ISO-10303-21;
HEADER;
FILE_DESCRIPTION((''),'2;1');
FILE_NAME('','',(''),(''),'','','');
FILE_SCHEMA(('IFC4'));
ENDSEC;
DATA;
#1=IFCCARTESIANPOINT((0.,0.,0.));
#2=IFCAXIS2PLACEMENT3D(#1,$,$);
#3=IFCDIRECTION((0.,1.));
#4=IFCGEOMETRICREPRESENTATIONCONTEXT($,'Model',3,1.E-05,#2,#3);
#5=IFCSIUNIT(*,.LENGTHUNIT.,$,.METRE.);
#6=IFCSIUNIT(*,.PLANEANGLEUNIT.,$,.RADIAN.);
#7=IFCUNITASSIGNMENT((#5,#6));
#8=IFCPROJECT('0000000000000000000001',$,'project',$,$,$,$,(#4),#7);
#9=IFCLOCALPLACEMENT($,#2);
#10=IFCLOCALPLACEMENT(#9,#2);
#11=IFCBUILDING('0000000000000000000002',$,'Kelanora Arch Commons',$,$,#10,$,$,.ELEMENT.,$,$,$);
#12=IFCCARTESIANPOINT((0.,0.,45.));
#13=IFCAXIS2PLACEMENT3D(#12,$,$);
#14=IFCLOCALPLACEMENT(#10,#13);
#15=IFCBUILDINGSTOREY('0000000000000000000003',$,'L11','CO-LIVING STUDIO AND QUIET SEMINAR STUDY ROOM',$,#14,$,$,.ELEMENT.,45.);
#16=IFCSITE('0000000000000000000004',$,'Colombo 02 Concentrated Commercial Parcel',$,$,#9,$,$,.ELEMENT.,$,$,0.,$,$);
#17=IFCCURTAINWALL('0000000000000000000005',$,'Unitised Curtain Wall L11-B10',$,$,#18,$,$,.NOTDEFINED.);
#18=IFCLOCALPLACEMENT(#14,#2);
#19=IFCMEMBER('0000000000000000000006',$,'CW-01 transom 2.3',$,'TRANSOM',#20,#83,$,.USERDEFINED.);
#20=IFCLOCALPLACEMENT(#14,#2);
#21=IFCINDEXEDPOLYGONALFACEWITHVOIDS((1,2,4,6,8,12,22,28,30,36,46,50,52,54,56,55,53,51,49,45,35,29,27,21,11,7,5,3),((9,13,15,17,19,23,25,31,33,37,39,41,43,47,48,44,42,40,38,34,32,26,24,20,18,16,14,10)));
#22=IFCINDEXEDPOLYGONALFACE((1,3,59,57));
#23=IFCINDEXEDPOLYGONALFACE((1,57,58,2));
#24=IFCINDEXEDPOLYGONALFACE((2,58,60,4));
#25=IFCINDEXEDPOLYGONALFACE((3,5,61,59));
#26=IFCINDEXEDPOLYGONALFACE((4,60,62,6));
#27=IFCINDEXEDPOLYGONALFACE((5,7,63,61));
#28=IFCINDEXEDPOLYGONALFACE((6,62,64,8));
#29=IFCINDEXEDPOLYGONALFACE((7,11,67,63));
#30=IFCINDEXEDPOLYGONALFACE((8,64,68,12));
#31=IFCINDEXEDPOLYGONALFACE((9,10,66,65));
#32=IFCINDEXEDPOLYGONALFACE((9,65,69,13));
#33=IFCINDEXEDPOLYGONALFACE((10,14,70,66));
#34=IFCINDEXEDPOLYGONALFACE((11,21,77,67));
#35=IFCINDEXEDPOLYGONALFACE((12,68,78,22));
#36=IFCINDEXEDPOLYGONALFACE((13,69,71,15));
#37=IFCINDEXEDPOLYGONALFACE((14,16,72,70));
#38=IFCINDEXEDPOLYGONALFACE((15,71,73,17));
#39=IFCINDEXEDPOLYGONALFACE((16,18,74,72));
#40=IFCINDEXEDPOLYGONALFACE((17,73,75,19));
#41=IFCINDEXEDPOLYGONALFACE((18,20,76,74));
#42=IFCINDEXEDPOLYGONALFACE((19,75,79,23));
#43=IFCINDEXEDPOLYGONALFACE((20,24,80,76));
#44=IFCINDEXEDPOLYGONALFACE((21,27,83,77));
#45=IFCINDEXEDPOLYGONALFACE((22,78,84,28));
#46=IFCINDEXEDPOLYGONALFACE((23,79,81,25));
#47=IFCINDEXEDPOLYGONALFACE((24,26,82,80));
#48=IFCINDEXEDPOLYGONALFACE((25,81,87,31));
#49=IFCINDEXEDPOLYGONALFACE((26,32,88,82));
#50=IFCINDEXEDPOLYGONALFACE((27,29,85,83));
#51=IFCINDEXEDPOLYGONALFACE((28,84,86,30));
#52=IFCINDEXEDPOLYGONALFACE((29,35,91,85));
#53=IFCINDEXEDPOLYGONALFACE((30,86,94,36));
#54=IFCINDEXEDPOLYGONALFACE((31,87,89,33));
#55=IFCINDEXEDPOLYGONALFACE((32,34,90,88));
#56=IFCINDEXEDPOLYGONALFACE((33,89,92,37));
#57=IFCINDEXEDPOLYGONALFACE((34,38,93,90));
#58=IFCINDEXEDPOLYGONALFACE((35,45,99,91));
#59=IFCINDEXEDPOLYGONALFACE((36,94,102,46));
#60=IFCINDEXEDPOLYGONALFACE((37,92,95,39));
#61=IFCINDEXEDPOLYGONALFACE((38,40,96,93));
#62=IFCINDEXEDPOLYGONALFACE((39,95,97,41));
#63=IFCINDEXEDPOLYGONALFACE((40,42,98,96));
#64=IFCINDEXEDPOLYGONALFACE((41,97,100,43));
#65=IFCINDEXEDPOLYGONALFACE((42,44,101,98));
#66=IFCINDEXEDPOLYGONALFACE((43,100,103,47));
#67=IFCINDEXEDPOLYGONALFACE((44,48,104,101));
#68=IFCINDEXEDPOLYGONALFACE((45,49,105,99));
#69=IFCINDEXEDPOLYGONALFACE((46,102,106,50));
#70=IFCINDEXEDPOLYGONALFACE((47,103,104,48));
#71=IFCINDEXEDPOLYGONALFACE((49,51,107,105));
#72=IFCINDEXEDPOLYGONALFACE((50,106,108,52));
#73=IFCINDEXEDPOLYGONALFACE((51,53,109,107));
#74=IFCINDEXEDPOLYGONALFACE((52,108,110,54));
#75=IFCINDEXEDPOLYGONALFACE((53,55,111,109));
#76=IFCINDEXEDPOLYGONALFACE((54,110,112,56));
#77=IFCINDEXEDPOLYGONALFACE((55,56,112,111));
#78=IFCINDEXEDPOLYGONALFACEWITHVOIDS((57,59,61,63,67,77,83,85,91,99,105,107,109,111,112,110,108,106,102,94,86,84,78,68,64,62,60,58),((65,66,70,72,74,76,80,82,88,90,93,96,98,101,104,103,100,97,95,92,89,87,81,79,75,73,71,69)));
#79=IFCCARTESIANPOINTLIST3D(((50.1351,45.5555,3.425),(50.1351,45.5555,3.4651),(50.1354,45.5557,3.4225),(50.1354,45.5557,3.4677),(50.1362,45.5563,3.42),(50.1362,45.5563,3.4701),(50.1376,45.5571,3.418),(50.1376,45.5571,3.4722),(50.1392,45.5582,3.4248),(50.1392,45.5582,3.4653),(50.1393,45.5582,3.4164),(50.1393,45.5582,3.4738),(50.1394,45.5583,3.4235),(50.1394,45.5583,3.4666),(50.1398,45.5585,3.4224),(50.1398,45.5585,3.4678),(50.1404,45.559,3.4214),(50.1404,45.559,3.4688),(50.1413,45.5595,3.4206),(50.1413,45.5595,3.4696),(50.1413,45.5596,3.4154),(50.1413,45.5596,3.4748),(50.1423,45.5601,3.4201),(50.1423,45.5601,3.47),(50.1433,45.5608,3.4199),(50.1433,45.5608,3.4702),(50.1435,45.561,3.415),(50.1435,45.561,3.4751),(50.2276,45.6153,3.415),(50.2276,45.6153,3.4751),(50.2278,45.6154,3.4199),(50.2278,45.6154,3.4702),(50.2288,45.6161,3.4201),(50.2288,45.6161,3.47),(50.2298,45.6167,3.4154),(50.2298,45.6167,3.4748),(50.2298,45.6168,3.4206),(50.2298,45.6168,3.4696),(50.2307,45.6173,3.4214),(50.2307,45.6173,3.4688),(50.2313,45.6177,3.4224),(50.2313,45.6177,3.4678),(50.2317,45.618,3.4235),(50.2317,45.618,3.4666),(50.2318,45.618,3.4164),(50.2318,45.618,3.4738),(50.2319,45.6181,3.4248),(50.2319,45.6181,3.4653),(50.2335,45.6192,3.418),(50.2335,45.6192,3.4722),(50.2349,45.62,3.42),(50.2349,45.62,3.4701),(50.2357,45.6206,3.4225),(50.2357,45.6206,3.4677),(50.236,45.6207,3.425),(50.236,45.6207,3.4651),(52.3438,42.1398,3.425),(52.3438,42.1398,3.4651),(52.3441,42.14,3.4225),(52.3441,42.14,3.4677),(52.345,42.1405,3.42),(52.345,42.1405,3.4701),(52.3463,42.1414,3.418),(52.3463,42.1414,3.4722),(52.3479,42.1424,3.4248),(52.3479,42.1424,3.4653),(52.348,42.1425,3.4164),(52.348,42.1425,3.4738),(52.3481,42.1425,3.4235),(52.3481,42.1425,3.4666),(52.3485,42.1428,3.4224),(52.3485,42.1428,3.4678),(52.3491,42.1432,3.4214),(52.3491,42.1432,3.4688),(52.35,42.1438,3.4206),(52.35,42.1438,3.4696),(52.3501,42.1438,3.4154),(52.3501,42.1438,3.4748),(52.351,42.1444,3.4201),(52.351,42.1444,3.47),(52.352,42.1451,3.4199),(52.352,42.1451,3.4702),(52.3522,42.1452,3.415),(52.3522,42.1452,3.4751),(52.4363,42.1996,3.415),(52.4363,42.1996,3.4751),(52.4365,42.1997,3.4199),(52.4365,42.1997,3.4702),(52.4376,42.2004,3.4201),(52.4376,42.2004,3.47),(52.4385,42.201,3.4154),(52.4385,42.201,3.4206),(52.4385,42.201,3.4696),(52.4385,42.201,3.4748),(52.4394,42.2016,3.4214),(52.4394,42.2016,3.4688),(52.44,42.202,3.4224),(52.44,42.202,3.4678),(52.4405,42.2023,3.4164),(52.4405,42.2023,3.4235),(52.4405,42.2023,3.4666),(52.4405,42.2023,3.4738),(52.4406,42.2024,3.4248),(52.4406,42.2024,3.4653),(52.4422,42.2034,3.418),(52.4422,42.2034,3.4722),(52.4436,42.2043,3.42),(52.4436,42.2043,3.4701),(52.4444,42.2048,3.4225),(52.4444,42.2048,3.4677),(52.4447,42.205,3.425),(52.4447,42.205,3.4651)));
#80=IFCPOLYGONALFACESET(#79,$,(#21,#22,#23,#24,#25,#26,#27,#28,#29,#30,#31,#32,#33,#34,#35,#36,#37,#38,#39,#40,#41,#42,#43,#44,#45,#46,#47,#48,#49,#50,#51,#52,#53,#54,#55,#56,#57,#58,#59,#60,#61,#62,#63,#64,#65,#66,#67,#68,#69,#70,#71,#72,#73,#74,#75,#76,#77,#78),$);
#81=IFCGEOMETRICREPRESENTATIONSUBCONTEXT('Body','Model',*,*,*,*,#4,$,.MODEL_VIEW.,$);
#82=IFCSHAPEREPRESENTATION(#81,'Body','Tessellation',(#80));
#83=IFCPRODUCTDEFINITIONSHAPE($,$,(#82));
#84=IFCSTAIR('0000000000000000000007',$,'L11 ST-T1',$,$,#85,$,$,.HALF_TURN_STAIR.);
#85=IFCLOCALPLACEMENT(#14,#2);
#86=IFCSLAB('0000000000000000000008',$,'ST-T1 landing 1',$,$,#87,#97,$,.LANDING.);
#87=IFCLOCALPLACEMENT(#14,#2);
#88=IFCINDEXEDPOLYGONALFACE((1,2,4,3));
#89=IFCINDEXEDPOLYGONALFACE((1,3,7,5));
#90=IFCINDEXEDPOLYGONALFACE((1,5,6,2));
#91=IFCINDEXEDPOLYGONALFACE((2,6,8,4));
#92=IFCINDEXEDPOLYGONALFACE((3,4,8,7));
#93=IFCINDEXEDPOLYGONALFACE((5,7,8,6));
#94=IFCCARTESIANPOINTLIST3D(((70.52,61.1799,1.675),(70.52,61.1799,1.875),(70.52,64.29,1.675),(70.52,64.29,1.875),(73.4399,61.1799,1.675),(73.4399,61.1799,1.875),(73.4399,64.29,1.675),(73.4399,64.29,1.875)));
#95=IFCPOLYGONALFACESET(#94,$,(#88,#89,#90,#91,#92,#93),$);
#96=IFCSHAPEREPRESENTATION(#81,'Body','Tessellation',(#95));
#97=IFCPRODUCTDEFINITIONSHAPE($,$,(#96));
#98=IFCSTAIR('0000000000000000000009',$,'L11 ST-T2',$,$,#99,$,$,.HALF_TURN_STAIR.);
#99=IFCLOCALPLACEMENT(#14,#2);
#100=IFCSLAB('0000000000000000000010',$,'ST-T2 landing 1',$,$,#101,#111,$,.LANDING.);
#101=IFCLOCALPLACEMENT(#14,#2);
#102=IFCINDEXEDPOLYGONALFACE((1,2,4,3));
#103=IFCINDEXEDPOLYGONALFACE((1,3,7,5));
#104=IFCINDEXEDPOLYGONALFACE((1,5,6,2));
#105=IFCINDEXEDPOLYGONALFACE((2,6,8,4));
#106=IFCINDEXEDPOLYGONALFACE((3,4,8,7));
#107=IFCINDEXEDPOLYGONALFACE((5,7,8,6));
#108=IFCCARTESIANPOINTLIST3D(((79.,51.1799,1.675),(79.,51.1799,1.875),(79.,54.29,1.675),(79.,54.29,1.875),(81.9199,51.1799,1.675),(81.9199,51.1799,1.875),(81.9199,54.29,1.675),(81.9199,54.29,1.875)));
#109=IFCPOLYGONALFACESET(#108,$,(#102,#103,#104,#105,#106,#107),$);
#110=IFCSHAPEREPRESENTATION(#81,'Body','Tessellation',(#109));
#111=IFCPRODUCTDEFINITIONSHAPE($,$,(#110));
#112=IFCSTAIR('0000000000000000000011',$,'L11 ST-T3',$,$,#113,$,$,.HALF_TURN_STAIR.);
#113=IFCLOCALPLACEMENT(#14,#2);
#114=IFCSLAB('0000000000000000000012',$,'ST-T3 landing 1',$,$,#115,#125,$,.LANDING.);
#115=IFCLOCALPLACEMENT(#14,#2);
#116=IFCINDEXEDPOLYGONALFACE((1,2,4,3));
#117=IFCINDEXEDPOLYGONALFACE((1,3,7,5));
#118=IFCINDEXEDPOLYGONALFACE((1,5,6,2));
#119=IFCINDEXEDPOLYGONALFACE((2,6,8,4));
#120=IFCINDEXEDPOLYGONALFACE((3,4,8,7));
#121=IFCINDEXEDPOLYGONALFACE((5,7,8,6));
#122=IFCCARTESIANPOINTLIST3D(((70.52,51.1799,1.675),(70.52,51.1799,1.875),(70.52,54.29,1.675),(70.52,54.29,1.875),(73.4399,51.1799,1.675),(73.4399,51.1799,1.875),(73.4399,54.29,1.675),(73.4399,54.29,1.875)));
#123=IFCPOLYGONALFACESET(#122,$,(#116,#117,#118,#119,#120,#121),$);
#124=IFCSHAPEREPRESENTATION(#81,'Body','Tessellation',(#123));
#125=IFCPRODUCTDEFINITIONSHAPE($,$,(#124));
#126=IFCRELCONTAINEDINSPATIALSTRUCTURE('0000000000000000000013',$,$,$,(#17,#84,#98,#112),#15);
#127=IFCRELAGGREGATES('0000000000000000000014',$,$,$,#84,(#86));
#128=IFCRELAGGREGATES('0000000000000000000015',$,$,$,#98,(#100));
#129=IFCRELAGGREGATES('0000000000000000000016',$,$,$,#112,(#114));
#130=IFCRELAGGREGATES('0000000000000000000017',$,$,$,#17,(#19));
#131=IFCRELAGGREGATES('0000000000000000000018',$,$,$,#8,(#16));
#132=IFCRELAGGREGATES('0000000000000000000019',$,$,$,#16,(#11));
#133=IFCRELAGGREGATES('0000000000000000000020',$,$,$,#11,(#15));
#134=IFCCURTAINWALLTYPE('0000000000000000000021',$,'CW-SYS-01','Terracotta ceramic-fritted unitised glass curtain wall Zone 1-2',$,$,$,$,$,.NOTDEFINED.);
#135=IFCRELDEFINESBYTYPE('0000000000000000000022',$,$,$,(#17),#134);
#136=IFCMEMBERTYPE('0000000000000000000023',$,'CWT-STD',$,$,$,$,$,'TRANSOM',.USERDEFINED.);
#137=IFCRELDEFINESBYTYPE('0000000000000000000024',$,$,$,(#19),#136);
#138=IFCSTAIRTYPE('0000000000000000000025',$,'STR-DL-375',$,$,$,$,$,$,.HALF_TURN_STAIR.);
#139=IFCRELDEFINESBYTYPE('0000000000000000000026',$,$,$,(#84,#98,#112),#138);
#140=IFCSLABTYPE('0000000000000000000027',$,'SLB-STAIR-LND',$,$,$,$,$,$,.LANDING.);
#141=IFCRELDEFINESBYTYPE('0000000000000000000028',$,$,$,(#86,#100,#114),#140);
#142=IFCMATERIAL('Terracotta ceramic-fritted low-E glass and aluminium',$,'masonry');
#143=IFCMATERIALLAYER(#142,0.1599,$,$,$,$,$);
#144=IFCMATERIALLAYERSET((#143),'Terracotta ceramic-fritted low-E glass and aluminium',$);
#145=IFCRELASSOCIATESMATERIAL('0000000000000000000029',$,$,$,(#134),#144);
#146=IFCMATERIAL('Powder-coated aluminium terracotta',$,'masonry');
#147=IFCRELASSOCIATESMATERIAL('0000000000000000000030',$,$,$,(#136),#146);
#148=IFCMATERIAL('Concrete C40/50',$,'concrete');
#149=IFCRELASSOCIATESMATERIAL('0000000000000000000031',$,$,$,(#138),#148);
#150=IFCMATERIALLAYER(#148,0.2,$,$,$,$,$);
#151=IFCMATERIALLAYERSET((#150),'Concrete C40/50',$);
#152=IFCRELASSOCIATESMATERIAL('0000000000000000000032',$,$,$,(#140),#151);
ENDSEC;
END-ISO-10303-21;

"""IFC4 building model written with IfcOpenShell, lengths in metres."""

from ifc_helpers import new_model, si_unit, direction, frame, origin, origin_2d, place, context, subcontext, project, spatial, polyline, hollow_rectangle, outline, extrude, material, layer, layer_set, material_profile, profile_set, type_object, element, aggregate, save


model = new_model("IFC4")

# Units and contexts
model_context = context("Model", 3, precision=1e-05, world=origin(), true_north=direction((0.0, 1.0)))
body_context = subcontext(model_context, "Body", "Model", "MODEL_VIEW")
ifc_project = project(units=[si_unit("LENGTHUNIT", "METRE"), si_unit("PLANEANGLEUNIT", "RADIAN")], contexts=[model_context])

# Site, building, storey
site_placement = place(None, origin())
site = spatial("IfcSite", under=ifc_project, at=site_placement, Name="Colombo 02 Concentrated Commercial Parcel", CompositionType="ELEMENT", RefElevation=0.0)
building_placement = place(site_placement, origin())
building = spatial("IfcBuilding", under=site, at=building_placement, Name="Kelanora Arch Commons", CompositionType="ELEMENT")
storey_placement = place(building_placement, frame((0.0, 0.0, 45.0)))
storey = spatial("IfcBuildingStorey", under=building, at=storey_placement, Name="L11", Description="CO-LIVING STUDIO AND QUIET SEMINAR STUDY ROOM", CompositionType="ELEMENT", Elevation=45.0)

# Shared definitions
ifc_material_1 = material(Name="Terracotta ceramic-fritted low-E glass and aluminium", Category="masonry")
ifc_layer_1 = layer(ifc_material_1, 0.1599)
ifc_layer_set_1 = layer_set([ifc_layer_1], Name="Terracotta ceramic-fritted low-E glass and aluminium")
curtain_wall_type = type_object("IfcCurtainWallType", Name="CW-SYS-01", Description="Terracotta ceramic-fritted unitised glass curtain wall Zone 1-2", PredefinedType="NOTDEFINED", material=ifc_layer_set_1)
ifc_material_2 = material(Name="Powder-coated aluminium terracotta", Category="masonry")

# Curtain wall, member
curtain_wall_1_placement = place(storey_placement, origin())
curtain_wall_1 = element("IfcCurtainWall", 1, at=curtain_wall_1_placement, inside=storey, type_object=curtain_wall_type, Name="Unitised Curtain Wall L11-B10", PredefinedType="NOTDEFINED")
ifc_material_profile_1 = material_profile(ifc_material_2, hollow_rectangle(XDim=0.1201, YDim=0.0601, WallThickness=0.0049, InnerFilletRadius=0.0049, OuterFilletRadius=0.01, at=origin_2d()), Name="CWT120x60")
ifc_profile_set_1 = profile_set([ifc_material_profile_1], Name="Powder-coated aluminium terracotta")
member_type_1 = type_object("IfcMemberType", Name="CWT-STD", ElementType="TRANSOM", PredefinedType="USERDEFINED", material=ifc_profile_set_1)
member_1_placement = place(storey_placement, frame((50.1855, 45.5881, 3.4451), z_axis=(0.542997, -0.839734, 0.0), x_axis=(0.839734, 0.542997, 0.0)))
member_1 = element("IfcMember", 2, at=member_1_placement, type_object=member_type_1, Name="CW-01 transom 2.3", ObjectType="TRANSOM", PredefinedType="USERDEFINED", context=body_context, shape_type="SweptSolid", body=[
    extrude(hollow_rectangle(XDim=0.1201, YDim=0.0601, WallThickness=0.0049, InnerFilletRadius=0.0049, OuterFilletRadius=0.01, at=origin_2d()), origin(), (0.0, 0.0, 1.0), 4.0676),
])

# Stairs, slabs
ifc_material_3 = material(Name="Concrete C40/50", Category="concrete")
stair_type = type_object("IfcStairType", Name="STR-DL-375", PredefinedType="HALF_TURN_STAIR", material=ifc_material_3)
stair_1_placement = place(storey_placement, origin())
stair_1 = element("IfcStair", 3, at=stair_1_placement, inside=storey, type_object=stair_type, Name="L11 ST-T1", PredefinedType="HALF_TURN_STAIR")
ifc_layer_2 = layer(ifc_material_3, 0.2)
ifc_layer_set_2 = layer_set([ifc_layer_2], Name="Concrete C40/50")
slab_type_1 = type_object("IfcSlabType", Name="SLB-STAIR-LND", PredefinedType="LANDING", material=ifc_layer_set_2)
slab_1_placement = place(storey_placement, frame((0.0, 0.0, 1.675)))
slab_1 = element("IfcSlab", 4, at=slab_1_placement, type_object=slab_type_1, Name="ST-T1 landing 1", PredefinedType="LANDING", context=body_context, shape_type="SweptSolid", body=[
    extrude(outline(polyline([(70.52, 61.1799), (73.4399, 61.1799), (73.4399, 64.29), (70.52, 64.29), (70.52, 61.1799)])), origin(), (0.0, 0.0, 1.0), 0.2),
])
aggregate(stair_1, [slab_1])
stair_2_placement = place(storey_placement, origin())
stair_2 = element("IfcStair", 5, at=stair_2_placement, inside=storey, type_object=stair_type, Name="L11 ST-T2", PredefinedType="HALF_TURN_STAIR")
slab_2_placement = place(storey_placement, frame((0.0, 0.0, 1.675)))
slab_2 = element("IfcSlab", 6, at=slab_2_placement, type_object=slab_type_1, Name="ST-T2 landing 1", PredefinedType="LANDING", context=body_context, shape_type="SweptSolid", body=[
    extrude(outline(polyline([(79.0, 51.1799), (81.9199, 51.1799), (81.9199, 54.29), (79.0, 54.29), (79.0, 51.1799)])), origin(), (0.0, 0.0, 1.0), 0.2),
])
aggregate(stair_2, [slab_2])
stair_3_placement = place(storey_placement, origin())
stair_3 = element("IfcStair", 7, at=stair_3_placement, inside=storey, type_object=stair_type, Name="L11 ST-T3", PredefinedType="HALF_TURN_STAIR")
slab_3_placement = place(storey_placement, frame((0.0, 0.0, 1.675)))
slab_3 = element("IfcSlab", 8, at=slab_3_placement, type_object=slab_type_1, Name="ST-T3 landing 1", PredefinedType="LANDING", context=body_context, shape_type="SweptSolid", body=[
    extrude(outline(polyline([(70.52, 51.1799), (73.4399, 51.1799), (73.4399, 54.29), (70.52, 54.29), (70.52, 51.1799)])), origin(), (0.0, 0.0, 1.0), 0.2),
])
aggregate(stair_3, [slab_3])

aggregate(curtain_wall_1, [member_1])

save(model, "model.ifc")
